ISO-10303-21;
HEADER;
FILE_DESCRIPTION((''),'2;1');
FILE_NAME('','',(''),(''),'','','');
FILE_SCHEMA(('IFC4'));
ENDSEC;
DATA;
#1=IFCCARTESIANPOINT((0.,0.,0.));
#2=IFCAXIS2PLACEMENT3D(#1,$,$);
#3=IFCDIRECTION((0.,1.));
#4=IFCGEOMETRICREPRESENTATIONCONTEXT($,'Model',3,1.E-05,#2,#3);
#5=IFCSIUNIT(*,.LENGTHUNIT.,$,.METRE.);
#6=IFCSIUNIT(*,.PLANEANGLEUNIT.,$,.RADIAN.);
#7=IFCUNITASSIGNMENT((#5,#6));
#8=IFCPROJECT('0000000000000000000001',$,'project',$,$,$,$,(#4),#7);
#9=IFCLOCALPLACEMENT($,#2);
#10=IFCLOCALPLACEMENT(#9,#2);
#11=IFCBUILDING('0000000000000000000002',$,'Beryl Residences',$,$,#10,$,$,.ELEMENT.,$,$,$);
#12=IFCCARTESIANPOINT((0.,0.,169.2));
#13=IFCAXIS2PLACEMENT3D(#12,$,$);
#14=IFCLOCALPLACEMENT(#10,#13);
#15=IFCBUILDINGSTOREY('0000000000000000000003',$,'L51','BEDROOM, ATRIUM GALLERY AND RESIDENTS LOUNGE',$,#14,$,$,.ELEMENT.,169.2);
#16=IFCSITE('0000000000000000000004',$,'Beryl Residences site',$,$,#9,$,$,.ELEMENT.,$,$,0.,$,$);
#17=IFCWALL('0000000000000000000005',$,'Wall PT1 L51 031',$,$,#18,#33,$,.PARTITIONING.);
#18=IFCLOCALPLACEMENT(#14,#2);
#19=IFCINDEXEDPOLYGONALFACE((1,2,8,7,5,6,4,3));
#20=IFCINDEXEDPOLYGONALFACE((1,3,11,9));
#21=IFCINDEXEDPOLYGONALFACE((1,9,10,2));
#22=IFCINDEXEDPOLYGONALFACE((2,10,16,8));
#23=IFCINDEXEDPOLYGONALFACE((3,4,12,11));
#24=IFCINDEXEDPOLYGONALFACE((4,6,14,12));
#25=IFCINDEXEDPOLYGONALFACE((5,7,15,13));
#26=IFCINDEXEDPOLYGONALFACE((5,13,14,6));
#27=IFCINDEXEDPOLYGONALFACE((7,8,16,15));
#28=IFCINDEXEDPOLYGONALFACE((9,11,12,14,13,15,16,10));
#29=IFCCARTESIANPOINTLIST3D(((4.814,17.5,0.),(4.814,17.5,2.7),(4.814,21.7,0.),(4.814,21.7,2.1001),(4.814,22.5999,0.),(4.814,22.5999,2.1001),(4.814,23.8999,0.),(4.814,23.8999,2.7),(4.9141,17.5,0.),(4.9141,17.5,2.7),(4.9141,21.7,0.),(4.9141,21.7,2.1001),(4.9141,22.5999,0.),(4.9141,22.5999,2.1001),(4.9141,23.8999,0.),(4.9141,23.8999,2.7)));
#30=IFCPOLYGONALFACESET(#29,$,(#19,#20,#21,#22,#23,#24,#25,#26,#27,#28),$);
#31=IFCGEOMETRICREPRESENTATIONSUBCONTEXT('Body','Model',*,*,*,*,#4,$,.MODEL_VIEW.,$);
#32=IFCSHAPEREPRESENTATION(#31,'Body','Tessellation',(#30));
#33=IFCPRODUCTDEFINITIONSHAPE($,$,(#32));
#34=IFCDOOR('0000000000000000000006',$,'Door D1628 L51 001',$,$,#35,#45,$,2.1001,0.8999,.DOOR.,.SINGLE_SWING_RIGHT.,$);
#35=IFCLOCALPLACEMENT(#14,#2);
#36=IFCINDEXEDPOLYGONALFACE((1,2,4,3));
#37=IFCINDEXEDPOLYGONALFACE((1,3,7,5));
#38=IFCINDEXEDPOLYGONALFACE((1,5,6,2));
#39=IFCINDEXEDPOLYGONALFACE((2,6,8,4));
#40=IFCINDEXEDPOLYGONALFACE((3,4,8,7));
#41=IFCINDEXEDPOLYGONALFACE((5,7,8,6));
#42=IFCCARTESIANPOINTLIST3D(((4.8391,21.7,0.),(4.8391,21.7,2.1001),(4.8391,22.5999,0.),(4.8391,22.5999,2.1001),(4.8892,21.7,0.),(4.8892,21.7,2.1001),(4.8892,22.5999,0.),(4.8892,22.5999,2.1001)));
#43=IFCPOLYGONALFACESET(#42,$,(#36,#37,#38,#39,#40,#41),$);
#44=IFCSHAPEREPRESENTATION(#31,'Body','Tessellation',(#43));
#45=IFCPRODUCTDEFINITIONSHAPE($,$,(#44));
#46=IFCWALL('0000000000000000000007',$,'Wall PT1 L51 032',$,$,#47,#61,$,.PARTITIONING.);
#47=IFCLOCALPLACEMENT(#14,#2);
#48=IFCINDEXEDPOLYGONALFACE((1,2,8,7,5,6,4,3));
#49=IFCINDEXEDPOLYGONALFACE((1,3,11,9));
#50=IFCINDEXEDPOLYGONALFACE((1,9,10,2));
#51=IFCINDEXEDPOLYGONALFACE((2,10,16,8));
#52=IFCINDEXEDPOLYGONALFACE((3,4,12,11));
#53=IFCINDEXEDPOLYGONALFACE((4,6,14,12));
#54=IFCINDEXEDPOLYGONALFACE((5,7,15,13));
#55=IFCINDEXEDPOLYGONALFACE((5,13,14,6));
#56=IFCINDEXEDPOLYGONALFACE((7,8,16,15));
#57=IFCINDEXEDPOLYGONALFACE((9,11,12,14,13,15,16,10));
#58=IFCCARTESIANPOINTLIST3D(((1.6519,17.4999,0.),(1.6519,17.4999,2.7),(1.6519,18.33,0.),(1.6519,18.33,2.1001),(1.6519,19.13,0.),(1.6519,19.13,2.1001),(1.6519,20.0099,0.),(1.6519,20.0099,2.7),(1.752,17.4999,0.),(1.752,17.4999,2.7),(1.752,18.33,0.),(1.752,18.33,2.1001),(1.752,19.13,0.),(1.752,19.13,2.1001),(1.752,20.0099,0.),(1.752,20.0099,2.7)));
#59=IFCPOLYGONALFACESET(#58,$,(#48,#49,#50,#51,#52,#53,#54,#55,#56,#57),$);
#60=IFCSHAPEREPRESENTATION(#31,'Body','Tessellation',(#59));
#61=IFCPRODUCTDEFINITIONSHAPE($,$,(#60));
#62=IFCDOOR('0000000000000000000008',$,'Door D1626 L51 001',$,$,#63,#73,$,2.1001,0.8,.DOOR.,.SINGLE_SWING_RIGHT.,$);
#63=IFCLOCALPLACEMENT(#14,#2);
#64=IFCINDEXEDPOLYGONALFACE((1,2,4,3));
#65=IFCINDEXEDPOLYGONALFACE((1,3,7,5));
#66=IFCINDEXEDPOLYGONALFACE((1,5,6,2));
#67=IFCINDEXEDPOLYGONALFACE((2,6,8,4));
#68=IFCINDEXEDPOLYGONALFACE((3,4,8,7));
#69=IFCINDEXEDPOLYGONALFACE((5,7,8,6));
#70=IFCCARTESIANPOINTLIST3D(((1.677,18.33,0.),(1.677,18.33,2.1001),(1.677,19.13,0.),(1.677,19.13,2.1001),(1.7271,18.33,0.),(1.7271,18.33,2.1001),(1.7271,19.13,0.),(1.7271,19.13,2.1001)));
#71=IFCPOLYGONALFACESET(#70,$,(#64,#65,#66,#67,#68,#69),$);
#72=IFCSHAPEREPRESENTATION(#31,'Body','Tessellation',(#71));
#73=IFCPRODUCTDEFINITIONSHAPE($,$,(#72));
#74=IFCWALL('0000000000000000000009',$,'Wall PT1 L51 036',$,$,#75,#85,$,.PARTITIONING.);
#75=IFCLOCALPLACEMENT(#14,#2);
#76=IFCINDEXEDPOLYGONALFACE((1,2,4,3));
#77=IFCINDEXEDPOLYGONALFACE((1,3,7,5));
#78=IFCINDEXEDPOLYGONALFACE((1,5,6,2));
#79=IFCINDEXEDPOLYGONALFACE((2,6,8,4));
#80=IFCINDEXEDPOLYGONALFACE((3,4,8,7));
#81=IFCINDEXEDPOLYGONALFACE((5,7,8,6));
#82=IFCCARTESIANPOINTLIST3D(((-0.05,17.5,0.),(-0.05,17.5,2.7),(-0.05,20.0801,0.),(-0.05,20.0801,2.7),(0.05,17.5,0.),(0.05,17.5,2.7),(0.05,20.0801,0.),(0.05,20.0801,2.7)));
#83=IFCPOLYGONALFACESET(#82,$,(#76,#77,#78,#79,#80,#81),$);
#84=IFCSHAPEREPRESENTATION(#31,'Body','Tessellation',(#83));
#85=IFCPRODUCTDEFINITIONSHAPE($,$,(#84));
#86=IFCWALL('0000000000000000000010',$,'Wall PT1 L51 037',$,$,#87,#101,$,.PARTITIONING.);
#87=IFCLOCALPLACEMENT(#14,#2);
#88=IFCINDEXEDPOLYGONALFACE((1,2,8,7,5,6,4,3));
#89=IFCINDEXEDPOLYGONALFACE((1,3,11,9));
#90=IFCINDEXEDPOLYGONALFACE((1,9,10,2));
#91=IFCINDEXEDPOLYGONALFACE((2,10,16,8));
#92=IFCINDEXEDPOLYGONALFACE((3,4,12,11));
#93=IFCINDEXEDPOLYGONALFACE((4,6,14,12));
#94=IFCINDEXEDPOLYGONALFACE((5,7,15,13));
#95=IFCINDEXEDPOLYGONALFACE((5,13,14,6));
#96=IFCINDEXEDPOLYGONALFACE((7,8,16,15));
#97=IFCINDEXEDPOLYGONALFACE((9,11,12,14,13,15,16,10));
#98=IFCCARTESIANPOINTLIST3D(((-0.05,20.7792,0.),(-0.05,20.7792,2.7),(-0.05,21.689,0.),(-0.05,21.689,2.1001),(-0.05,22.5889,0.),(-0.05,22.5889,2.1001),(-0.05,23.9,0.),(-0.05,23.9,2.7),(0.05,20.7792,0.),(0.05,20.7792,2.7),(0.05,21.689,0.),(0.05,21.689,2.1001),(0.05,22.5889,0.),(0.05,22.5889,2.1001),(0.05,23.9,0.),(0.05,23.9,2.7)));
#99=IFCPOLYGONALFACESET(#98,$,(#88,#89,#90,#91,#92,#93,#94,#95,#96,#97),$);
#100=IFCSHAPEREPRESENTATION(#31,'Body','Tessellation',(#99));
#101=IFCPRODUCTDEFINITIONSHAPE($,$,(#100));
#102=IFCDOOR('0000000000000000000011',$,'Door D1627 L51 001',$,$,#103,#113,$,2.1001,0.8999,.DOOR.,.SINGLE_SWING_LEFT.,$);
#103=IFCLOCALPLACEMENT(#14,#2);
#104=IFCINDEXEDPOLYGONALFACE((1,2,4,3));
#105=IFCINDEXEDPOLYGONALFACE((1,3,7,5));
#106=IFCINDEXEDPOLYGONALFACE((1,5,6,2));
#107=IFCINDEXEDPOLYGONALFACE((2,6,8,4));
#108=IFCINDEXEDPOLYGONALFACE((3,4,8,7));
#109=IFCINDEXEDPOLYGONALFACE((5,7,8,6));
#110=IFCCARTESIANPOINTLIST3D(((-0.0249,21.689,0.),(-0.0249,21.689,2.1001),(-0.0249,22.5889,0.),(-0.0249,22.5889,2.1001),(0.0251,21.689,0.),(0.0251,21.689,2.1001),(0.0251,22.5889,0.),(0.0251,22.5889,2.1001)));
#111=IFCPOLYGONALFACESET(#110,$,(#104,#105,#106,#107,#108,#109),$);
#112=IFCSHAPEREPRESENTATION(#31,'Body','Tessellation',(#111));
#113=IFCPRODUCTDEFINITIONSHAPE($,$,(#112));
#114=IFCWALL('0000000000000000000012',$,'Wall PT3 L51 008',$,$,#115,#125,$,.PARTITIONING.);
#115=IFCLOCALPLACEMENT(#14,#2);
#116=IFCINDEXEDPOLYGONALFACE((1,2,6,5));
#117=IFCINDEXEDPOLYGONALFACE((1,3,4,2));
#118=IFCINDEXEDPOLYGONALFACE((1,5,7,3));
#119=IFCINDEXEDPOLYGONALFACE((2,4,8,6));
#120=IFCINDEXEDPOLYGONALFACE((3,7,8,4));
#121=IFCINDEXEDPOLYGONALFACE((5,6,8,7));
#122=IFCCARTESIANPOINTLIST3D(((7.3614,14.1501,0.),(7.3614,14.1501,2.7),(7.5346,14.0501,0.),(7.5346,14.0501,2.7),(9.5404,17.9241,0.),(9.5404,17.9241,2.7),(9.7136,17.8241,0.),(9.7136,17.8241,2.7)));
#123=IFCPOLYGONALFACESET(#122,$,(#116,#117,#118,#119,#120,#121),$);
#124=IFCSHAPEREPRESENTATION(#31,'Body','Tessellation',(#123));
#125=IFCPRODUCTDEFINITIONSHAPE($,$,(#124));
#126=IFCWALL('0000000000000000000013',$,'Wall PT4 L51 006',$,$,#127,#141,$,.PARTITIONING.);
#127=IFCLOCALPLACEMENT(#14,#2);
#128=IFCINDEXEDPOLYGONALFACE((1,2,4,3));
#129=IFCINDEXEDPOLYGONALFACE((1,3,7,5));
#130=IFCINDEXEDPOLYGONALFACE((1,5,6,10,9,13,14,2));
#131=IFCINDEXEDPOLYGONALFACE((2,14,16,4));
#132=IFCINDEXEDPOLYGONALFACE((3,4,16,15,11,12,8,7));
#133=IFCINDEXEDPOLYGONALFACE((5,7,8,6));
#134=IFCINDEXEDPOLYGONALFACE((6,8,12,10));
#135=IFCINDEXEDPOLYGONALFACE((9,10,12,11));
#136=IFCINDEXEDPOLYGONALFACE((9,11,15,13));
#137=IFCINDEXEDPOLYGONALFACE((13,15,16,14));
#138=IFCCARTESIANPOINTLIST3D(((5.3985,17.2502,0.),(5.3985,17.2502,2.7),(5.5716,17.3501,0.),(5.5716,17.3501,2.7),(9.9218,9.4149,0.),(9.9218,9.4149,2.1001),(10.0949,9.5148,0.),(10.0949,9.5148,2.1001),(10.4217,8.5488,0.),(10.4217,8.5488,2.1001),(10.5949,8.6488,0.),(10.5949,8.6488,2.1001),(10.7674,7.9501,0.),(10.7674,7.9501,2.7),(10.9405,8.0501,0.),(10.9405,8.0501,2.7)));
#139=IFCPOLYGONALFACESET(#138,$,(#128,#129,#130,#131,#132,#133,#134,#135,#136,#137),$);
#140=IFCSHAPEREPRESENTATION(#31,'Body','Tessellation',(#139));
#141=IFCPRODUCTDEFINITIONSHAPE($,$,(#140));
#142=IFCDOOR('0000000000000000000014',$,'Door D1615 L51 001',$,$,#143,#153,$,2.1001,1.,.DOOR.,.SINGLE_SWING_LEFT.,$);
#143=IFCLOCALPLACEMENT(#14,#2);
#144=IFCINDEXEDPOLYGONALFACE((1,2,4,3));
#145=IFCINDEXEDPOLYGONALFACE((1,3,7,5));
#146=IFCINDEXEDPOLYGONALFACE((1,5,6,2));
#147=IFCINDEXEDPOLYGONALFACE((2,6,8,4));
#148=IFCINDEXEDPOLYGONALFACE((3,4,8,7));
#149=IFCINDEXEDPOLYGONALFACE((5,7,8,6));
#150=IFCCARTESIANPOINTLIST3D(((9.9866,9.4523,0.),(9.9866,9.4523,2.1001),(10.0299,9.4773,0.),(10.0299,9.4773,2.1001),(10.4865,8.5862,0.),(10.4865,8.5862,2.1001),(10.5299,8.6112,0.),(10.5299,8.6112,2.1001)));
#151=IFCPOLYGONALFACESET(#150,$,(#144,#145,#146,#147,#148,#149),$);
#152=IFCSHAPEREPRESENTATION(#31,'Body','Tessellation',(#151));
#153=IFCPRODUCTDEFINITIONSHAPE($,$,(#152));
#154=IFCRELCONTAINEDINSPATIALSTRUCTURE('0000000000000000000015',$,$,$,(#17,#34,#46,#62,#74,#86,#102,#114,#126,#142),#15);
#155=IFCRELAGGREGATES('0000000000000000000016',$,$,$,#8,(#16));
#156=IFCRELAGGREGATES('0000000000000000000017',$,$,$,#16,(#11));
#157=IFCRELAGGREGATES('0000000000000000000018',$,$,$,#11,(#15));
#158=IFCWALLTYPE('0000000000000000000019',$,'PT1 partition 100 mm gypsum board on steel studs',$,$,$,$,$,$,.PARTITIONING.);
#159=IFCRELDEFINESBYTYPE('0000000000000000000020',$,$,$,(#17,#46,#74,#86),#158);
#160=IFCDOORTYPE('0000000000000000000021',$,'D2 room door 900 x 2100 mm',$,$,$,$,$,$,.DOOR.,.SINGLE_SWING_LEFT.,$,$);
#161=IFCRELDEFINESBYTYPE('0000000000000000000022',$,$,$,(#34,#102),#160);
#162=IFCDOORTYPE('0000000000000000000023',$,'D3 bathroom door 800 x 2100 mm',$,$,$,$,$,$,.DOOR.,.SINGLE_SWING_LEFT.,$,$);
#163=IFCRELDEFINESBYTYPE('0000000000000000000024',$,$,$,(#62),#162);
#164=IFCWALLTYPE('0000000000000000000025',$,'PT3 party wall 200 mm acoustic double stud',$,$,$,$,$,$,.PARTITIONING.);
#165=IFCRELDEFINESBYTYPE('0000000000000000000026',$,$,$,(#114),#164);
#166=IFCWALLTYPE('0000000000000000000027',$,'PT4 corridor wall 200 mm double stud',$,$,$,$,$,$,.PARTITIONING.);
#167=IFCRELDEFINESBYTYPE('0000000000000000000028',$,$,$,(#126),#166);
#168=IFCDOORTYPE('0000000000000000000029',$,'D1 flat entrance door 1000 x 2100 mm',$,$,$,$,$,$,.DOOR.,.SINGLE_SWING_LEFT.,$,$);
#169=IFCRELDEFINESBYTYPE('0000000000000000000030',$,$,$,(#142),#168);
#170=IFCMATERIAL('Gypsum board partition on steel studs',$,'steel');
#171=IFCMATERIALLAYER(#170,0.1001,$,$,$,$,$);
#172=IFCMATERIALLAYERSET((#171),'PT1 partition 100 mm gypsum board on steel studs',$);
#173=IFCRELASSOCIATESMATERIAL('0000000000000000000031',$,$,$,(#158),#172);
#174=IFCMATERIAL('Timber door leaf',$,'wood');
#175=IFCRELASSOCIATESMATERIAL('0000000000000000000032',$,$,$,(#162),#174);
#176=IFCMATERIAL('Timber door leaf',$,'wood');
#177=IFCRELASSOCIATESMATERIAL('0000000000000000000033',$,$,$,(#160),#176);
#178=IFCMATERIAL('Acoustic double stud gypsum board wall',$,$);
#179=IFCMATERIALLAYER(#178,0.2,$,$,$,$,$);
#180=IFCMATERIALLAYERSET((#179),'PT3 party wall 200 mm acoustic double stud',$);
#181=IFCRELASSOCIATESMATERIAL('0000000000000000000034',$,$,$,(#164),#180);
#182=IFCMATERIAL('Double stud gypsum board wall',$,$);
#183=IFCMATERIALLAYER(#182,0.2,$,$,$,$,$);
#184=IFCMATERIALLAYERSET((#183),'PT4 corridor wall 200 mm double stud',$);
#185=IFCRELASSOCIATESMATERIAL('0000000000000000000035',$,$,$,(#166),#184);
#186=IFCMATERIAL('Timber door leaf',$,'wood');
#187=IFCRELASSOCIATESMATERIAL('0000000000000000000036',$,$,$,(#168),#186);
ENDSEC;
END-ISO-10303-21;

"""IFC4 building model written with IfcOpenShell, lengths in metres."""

from ifc_helpers import new_model, si_unit, direction, frame, frame_2d, origin, place, context, subcontext, project, spatial, rectangle, extrude, material, layer, layer_set, type_object, element, fill, save


model = new_model("IFC4")

# Units and contexts
model_context = context("Model", 3, precision=1e-05, world=origin(), true_north=direction((0.0, 1.0)))
body_context = subcontext(model_context, "Body", "Model", "MODEL_VIEW")
ifc_project = project(units=[si_unit("LENGTHUNIT", "METRE"), si_unit("PLANEANGLEUNIT", "RADIAN")], contexts=[model_context])

# Site, building, storey
site_placement = place(None, origin())
site = spatial("IfcSite", under=ifc_project, at=site_placement, Name="Beryl Residences site", CompositionType="ELEMENT", RefElevation=0.0)
building_placement = place(site_placement, origin())
building = spatial("IfcBuilding", under=site, at=building_placement, Name="Beryl Residences", CompositionType="ELEMENT")
storey_placement = place(building_placement, frame((0.0, 0.0, 169.2)))
storey = spatial("IfcBuildingStorey", under=building, at=storey_placement, Name="L51", Description="BEDROOM, ATRIUM GALLERY AND RESIDENTS LOUNGE", CompositionType="ELEMENT", Elevation=169.2)

# Shared definitions
ifc_material_1 = material(Name="Gypsum board partition on steel studs", Category="steel")
ifc_layer_1 = layer(ifc_material_1, 0.1001)
ifc_layer_set_1 = layer_set([ifc_layer_1], Name="PT1 partition 100 mm gypsum board on steel studs")
wall_type_1 = type_object("IfcWallType", Name="PT1 partition 100 mm gypsum board on steel studs", PredefinedType="PARTITIONING", material=ifc_layer_set_1)
ifc_material_2 = material(Name="Timber door leaf", Category="wood")
door_type_1 = type_object("IfcDoorType", Name="D3 bathroom door 800 x 2100 mm", OperationType="SINGLE_SWING_LEFT", PredefinedType="DOOR", material=ifc_material_2)

# Shared definitions
ifc_material_3 = material(Name="Timber door leaf", Category="wood")
door_type_2 = type_object("IfcDoorType", Name="D2 room door 900 x 2100 mm", OperationType="SINGLE_SWING_LEFT", PredefinedType="DOOR", material=ifc_material_3)

# Walls, openings, doors
wall_1_placement = place(storey_placement, frame((4.864, 17.5, 0.0), z_axis=(0.0, 0.0, 1.0), x_axis=(0.0, 1.0, 0.0)))
wall_1 = element("IfcWall", 1, at=wall_1_placement, inside=storey, type_object=wall_type_1, Name="Wall PT1 L51 031", PredefinedType="PARTITIONING", context=body_context, shape_type="SweptSolid", body=[
    extrude(rectangle(XDim=6.3999, YDim=0.1001, at=frame_2d((3.2, 0.0))), origin(), (0.0, 0.0, 1.0), 2.7),
])
opening_1_placement = place(wall_1_placement, frame((4.2, 0.0, 0.0)))
opening_1 = element("IfcOpeningElement", 2, at=opening_1_placement, cuts=wall_1, PredefinedType="OPENING", context=body_context, shape_type="SweptSolid", body=[
    extrude(rectangle(XDim=0.8999, YDim=2.1001, at=frame_2d((0.45, 1.05))), frame((0.0, 0.0601, 0.0), z_axis=(0.0, -1.0, 0.0), x_axis=(1.0, 0.0, 0.0)), (0.0, 0.0, 1.0), 0.1201),
])
door_1_placement = place(opening_1_placement, origin())
door_1 = element("IfcDoor", 3, at=door_1_placement, inside=storey, type_object=door_type_2, Name="Door D1628 L51 001", OperationType="SINGLE_SWING_RIGHT", OverallHeight=2.1001, OverallWidth=0.8999, PredefinedType="DOOR", context=body_context, shape_type="SweptSolid", body=[
    extrude(rectangle(XDim=0.8999, YDim=2.1001, at=frame_2d((0.45, 1.05))), frame((0.0, 0.0249, 0.0), z_axis=(0.0, -1.0, 0.0), x_axis=(1.0, 0.0, 0.0)), (0.0, 0.0, 1.0), 0.05),
])
fill(opening_1, door_1)
wall_2_placement = place(storey_placement, frame((1.7019, 17.5, 0.0), z_axis=(0.0, 0.0, 1.0), x_axis=(0.0, 1.0, 0.0)))
wall_2 = element("IfcWall", 4, at=wall_2_placement, inside=storey, type_object=wall_type_1, Name="Wall PT1 L51 032", PredefinedType="PARTITIONING", context=body_context, shape_type="SweptSolid", body=[
    extrude(rectangle(XDim=2.51, YDim=0.1001, at=frame_2d((1.2549, 0.0))), origin(), (0.0, 0.0, 1.0), 2.7),
])
opening_2_placement = place(wall_2_placement, frame((0.8301, 0.0, 0.0)))
opening_2 = element("IfcOpeningElement", 5, at=opening_2_placement, cuts=wall_2, PredefinedType="OPENING", context=body_context, shape_type="SweptSolid", body=[
    extrude(rectangle(XDim=0.8, YDim=2.1001, at=frame_2d((0.3999, 1.05))), frame((0.0, 0.0601, 0.0), z_axis=(0.0, -1.0, 0.0), x_axis=(1.0, 0.0, 0.0)), (0.0, 0.0, 1.0), 0.1201),
])
door_2_placement = place(opening_2_placement, origin())
door_2 = element("IfcDoor", 6, at=door_2_placement, inside=storey, type_object=door_type_1, Name="Door D1626 L51 001", OperationType="SINGLE_SWING_RIGHT", OverallHeight=2.1001, OverallWidth=0.8, PredefinedType="DOOR", context=body_context, shape_type="SweptSolid", body=[
    extrude(rectangle(XDim=0.8, YDim=2.1001, at=frame_2d((0.3999, 1.05))), frame((0.0, 0.0249, 0.0), z_axis=(0.0, -1.0, 0.0), x_axis=(1.0, 0.0, 0.0)), (0.0, 0.0, 1.0), 0.05),
])
fill(opening_2, door_2)

# Wall
wall_3_placement = place(storey_placement, frame((0.0, 17.5, 0.0), z_axis=(0.0, 0.0, 1.0), x_axis=(0.0, 1.0, 0.0)))
element("IfcWall", 7, at=wall_3_placement, inside=storey, type_object=wall_type_1, Name="Wall PT1 L51 036", PredefinedType="PARTITIONING", context=body_context, shape_type="SweptSolid", body=[
    extrude(rectangle(XDim=2.5801, YDim=0.1001, at=frame_2d((1.29, 0.0))), origin(), (0.0, 0.0, 1.0), 2.7),
])

# Wall, opening, door
wall_4_placement = place(storey_placement, frame((0.0, 20.7791, 0.0), z_axis=(0.0, 0.0, 1.0), x_axis=(0.0, 1.0, 0.0)))
wall_4 = element("IfcWall", 8, at=wall_4_placement, inside=storey, type_object=wall_type_1, Name="Wall PT1 L51 037", PredefinedType="PARTITIONING", context=body_context, shape_type="SweptSolid", body=[
    extrude(rectangle(XDim=3.1208, YDim=0.1001, at=frame_2d((1.5605, 0.0))), origin(), (0.0, 0.0, 1.0), 2.7),
])
opening_3_placement = place(wall_4_placement, frame((0.9099, 0.0, 0.0)))
opening_3 = element("IfcOpeningElement", 9, at=opening_3_placement, cuts=wall_4, PredefinedType="OPENING", context=body_context, shape_type="SweptSolid", body=[
    extrude(rectangle(XDim=0.8999, YDim=2.1001, at=frame_2d((0.45, 1.05))), frame((0.0, 0.0601, 0.0), z_axis=(0.0, -1.0, 0.0), x_axis=(1.0, 0.0, 0.0)), (0.0, 0.0, 1.0), 0.1201),
])
door_3_placement = place(opening_3_placement, origin())
door_3 = element("IfcDoor", 10, at=door_3_placement, inside=storey, type_object=door_type_2, Name="Door D1627 L51 001", OperationType="SINGLE_SWING_LEFT", OverallHeight=2.1001, OverallWidth=0.8999, PredefinedType="DOOR", context=body_context, shape_type="SweptSolid", body=[
    extrude(rectangle(XDim=0.8999, YDim=2.1001, at=frame_2d((0.45, 1.05))), frame((0.0, 0.0249, 0.0), z_axis=(0.0, -1.0, 0.0), x_axis=(1.0, 0.0, 0.0)), (0.0, 0.0, 1.0), 0.05),
])
fill(opening_3, door_3)

# Wall
ifc_material_4 = material(Name="Acoustic double stud gypsum board wall")
ifc_layer_2 = layer(ifc_material_4, 0.2)
ifc_layer_set_2 = layer_set([ifc_layer_2], Name="PT3 party wall 200 mm acoustic double stud")
wall_type_2 = type_object("IfcWallType", Name="PT3 party wall 200 mm acoustic double stud", PredefinedType="PARTITIONING", material=ifc_layer_set_2)
wall_5_placement = place(storey_placement, frame((7.448, 14.1001, 0.0), z_axis=(0.0, 0.0, 1.0), x_axis=(0.500013, 0.866018, 0.0)))
element("IfcWall", 11, at=wall_5_placement, inside=storey, type_object=wall_type_2, Name="Wall PT3 L51 008", PredefinedType="PARTITIONING", context=body_context, shape_type="SweptSolid", body=[
    extrude(rectangle(XDim=4.3579, YDim=0.2, at=frame_2d((2.179, 0.0))), origin(), (0.0, 0.0, 1.0), 2.7),
])

# Wall, opening, door
ifc_material_5 = material(Name="Double stud gypsum board wall")
ifc_layer_3 = layer(ifc_material_5, 0.2)
ifc_layer_set_3 = layer_set([ifc_layer_3], Name="PT4 corridor wall 200 mm double stud")
wall_type_3 = type_object("IfcWallType", Name="PT4 corridor wall 200 mm double stud", PredefinedType="PARTITIONING", material=ifc_layer_set_3)
wall_6_placement = place(storey_placement, frame((5.4851, 17.3, 0.0), z_axis=(0.0, 0.0, 1.0), x_axis=(0.499966, -0.866045, 0.0)))
wall_6 = element("IfcWall", 12, at=wall_6_placement, inside=storey, type_object=wall_type_3, Name="Wall PT4 L51 006", PredefinedType="PARTITIONING", context=body_context, shape_type="SweptSolid", body=[
    extrude(rectangle(XDim=10.7385, YDim=0.2, at=frame_2d((5.3691, 0.0))), origin(), (0.0, 0.0, 1.0), 2.7),
])
opening_4_placement = place(wall_6_placement, frame((9.0471, 0.0, 0.0)))
opening_4 = element("IfcOpeningElement", 13, at=opening_4_placement, cuts=wall_6, PredefinedType="OPENING", context=body_context, shape_type="SweptSolid", body=[
    extrude(rectangle(XDim=1.0, YDim=2.1001, at=frame_2d((0.5, 1.05))), frame((0.0, 0.1099, 0.0), z_axis=(0.0, -1.0, 0.0), x_axis=(1.0, 0.0, 0.0)), (0.0, 0.0, 1.0), 0.22),
])
ifc_material_6 = material(Name="Timber door leaf", Category="wood")
door_type_3 = type_object("IfcDoorType", Name="D1 flat entrance door 1000 x 2100 mm", OperationType="SINGLE_SWING_LEFT", PredefinedType="DOOR", material=ifc_material_6)
door_4_placement = place(opening_4_placement, origin())
door_4 = element("IfcDoor", 14, at=door_4_placement, inside=storey, type_object=door_type_3, Name="Door D1615 L51 001", OperationType="SINGLE_SWING_LEFT", OverallHeight=2.1001, OverallWidth=1.0, PredefinedType="DOOR", context=body_context, shape_type="SweptSolid", body=[
    extrude(rectangle(XDim=1.0, YDim=2.1001, at=frame_2d((0.5, 1.05))), frame((0.0, 0.0249, 0.0), z_axis=(0.0, -1.0, 0.0), x_axis=(1.0, 0.0, 0.0)), (0.0, 0.0, 1.0), 0.05),
])
fill(opening_4, door_4)

save(model, "model.ifc")
